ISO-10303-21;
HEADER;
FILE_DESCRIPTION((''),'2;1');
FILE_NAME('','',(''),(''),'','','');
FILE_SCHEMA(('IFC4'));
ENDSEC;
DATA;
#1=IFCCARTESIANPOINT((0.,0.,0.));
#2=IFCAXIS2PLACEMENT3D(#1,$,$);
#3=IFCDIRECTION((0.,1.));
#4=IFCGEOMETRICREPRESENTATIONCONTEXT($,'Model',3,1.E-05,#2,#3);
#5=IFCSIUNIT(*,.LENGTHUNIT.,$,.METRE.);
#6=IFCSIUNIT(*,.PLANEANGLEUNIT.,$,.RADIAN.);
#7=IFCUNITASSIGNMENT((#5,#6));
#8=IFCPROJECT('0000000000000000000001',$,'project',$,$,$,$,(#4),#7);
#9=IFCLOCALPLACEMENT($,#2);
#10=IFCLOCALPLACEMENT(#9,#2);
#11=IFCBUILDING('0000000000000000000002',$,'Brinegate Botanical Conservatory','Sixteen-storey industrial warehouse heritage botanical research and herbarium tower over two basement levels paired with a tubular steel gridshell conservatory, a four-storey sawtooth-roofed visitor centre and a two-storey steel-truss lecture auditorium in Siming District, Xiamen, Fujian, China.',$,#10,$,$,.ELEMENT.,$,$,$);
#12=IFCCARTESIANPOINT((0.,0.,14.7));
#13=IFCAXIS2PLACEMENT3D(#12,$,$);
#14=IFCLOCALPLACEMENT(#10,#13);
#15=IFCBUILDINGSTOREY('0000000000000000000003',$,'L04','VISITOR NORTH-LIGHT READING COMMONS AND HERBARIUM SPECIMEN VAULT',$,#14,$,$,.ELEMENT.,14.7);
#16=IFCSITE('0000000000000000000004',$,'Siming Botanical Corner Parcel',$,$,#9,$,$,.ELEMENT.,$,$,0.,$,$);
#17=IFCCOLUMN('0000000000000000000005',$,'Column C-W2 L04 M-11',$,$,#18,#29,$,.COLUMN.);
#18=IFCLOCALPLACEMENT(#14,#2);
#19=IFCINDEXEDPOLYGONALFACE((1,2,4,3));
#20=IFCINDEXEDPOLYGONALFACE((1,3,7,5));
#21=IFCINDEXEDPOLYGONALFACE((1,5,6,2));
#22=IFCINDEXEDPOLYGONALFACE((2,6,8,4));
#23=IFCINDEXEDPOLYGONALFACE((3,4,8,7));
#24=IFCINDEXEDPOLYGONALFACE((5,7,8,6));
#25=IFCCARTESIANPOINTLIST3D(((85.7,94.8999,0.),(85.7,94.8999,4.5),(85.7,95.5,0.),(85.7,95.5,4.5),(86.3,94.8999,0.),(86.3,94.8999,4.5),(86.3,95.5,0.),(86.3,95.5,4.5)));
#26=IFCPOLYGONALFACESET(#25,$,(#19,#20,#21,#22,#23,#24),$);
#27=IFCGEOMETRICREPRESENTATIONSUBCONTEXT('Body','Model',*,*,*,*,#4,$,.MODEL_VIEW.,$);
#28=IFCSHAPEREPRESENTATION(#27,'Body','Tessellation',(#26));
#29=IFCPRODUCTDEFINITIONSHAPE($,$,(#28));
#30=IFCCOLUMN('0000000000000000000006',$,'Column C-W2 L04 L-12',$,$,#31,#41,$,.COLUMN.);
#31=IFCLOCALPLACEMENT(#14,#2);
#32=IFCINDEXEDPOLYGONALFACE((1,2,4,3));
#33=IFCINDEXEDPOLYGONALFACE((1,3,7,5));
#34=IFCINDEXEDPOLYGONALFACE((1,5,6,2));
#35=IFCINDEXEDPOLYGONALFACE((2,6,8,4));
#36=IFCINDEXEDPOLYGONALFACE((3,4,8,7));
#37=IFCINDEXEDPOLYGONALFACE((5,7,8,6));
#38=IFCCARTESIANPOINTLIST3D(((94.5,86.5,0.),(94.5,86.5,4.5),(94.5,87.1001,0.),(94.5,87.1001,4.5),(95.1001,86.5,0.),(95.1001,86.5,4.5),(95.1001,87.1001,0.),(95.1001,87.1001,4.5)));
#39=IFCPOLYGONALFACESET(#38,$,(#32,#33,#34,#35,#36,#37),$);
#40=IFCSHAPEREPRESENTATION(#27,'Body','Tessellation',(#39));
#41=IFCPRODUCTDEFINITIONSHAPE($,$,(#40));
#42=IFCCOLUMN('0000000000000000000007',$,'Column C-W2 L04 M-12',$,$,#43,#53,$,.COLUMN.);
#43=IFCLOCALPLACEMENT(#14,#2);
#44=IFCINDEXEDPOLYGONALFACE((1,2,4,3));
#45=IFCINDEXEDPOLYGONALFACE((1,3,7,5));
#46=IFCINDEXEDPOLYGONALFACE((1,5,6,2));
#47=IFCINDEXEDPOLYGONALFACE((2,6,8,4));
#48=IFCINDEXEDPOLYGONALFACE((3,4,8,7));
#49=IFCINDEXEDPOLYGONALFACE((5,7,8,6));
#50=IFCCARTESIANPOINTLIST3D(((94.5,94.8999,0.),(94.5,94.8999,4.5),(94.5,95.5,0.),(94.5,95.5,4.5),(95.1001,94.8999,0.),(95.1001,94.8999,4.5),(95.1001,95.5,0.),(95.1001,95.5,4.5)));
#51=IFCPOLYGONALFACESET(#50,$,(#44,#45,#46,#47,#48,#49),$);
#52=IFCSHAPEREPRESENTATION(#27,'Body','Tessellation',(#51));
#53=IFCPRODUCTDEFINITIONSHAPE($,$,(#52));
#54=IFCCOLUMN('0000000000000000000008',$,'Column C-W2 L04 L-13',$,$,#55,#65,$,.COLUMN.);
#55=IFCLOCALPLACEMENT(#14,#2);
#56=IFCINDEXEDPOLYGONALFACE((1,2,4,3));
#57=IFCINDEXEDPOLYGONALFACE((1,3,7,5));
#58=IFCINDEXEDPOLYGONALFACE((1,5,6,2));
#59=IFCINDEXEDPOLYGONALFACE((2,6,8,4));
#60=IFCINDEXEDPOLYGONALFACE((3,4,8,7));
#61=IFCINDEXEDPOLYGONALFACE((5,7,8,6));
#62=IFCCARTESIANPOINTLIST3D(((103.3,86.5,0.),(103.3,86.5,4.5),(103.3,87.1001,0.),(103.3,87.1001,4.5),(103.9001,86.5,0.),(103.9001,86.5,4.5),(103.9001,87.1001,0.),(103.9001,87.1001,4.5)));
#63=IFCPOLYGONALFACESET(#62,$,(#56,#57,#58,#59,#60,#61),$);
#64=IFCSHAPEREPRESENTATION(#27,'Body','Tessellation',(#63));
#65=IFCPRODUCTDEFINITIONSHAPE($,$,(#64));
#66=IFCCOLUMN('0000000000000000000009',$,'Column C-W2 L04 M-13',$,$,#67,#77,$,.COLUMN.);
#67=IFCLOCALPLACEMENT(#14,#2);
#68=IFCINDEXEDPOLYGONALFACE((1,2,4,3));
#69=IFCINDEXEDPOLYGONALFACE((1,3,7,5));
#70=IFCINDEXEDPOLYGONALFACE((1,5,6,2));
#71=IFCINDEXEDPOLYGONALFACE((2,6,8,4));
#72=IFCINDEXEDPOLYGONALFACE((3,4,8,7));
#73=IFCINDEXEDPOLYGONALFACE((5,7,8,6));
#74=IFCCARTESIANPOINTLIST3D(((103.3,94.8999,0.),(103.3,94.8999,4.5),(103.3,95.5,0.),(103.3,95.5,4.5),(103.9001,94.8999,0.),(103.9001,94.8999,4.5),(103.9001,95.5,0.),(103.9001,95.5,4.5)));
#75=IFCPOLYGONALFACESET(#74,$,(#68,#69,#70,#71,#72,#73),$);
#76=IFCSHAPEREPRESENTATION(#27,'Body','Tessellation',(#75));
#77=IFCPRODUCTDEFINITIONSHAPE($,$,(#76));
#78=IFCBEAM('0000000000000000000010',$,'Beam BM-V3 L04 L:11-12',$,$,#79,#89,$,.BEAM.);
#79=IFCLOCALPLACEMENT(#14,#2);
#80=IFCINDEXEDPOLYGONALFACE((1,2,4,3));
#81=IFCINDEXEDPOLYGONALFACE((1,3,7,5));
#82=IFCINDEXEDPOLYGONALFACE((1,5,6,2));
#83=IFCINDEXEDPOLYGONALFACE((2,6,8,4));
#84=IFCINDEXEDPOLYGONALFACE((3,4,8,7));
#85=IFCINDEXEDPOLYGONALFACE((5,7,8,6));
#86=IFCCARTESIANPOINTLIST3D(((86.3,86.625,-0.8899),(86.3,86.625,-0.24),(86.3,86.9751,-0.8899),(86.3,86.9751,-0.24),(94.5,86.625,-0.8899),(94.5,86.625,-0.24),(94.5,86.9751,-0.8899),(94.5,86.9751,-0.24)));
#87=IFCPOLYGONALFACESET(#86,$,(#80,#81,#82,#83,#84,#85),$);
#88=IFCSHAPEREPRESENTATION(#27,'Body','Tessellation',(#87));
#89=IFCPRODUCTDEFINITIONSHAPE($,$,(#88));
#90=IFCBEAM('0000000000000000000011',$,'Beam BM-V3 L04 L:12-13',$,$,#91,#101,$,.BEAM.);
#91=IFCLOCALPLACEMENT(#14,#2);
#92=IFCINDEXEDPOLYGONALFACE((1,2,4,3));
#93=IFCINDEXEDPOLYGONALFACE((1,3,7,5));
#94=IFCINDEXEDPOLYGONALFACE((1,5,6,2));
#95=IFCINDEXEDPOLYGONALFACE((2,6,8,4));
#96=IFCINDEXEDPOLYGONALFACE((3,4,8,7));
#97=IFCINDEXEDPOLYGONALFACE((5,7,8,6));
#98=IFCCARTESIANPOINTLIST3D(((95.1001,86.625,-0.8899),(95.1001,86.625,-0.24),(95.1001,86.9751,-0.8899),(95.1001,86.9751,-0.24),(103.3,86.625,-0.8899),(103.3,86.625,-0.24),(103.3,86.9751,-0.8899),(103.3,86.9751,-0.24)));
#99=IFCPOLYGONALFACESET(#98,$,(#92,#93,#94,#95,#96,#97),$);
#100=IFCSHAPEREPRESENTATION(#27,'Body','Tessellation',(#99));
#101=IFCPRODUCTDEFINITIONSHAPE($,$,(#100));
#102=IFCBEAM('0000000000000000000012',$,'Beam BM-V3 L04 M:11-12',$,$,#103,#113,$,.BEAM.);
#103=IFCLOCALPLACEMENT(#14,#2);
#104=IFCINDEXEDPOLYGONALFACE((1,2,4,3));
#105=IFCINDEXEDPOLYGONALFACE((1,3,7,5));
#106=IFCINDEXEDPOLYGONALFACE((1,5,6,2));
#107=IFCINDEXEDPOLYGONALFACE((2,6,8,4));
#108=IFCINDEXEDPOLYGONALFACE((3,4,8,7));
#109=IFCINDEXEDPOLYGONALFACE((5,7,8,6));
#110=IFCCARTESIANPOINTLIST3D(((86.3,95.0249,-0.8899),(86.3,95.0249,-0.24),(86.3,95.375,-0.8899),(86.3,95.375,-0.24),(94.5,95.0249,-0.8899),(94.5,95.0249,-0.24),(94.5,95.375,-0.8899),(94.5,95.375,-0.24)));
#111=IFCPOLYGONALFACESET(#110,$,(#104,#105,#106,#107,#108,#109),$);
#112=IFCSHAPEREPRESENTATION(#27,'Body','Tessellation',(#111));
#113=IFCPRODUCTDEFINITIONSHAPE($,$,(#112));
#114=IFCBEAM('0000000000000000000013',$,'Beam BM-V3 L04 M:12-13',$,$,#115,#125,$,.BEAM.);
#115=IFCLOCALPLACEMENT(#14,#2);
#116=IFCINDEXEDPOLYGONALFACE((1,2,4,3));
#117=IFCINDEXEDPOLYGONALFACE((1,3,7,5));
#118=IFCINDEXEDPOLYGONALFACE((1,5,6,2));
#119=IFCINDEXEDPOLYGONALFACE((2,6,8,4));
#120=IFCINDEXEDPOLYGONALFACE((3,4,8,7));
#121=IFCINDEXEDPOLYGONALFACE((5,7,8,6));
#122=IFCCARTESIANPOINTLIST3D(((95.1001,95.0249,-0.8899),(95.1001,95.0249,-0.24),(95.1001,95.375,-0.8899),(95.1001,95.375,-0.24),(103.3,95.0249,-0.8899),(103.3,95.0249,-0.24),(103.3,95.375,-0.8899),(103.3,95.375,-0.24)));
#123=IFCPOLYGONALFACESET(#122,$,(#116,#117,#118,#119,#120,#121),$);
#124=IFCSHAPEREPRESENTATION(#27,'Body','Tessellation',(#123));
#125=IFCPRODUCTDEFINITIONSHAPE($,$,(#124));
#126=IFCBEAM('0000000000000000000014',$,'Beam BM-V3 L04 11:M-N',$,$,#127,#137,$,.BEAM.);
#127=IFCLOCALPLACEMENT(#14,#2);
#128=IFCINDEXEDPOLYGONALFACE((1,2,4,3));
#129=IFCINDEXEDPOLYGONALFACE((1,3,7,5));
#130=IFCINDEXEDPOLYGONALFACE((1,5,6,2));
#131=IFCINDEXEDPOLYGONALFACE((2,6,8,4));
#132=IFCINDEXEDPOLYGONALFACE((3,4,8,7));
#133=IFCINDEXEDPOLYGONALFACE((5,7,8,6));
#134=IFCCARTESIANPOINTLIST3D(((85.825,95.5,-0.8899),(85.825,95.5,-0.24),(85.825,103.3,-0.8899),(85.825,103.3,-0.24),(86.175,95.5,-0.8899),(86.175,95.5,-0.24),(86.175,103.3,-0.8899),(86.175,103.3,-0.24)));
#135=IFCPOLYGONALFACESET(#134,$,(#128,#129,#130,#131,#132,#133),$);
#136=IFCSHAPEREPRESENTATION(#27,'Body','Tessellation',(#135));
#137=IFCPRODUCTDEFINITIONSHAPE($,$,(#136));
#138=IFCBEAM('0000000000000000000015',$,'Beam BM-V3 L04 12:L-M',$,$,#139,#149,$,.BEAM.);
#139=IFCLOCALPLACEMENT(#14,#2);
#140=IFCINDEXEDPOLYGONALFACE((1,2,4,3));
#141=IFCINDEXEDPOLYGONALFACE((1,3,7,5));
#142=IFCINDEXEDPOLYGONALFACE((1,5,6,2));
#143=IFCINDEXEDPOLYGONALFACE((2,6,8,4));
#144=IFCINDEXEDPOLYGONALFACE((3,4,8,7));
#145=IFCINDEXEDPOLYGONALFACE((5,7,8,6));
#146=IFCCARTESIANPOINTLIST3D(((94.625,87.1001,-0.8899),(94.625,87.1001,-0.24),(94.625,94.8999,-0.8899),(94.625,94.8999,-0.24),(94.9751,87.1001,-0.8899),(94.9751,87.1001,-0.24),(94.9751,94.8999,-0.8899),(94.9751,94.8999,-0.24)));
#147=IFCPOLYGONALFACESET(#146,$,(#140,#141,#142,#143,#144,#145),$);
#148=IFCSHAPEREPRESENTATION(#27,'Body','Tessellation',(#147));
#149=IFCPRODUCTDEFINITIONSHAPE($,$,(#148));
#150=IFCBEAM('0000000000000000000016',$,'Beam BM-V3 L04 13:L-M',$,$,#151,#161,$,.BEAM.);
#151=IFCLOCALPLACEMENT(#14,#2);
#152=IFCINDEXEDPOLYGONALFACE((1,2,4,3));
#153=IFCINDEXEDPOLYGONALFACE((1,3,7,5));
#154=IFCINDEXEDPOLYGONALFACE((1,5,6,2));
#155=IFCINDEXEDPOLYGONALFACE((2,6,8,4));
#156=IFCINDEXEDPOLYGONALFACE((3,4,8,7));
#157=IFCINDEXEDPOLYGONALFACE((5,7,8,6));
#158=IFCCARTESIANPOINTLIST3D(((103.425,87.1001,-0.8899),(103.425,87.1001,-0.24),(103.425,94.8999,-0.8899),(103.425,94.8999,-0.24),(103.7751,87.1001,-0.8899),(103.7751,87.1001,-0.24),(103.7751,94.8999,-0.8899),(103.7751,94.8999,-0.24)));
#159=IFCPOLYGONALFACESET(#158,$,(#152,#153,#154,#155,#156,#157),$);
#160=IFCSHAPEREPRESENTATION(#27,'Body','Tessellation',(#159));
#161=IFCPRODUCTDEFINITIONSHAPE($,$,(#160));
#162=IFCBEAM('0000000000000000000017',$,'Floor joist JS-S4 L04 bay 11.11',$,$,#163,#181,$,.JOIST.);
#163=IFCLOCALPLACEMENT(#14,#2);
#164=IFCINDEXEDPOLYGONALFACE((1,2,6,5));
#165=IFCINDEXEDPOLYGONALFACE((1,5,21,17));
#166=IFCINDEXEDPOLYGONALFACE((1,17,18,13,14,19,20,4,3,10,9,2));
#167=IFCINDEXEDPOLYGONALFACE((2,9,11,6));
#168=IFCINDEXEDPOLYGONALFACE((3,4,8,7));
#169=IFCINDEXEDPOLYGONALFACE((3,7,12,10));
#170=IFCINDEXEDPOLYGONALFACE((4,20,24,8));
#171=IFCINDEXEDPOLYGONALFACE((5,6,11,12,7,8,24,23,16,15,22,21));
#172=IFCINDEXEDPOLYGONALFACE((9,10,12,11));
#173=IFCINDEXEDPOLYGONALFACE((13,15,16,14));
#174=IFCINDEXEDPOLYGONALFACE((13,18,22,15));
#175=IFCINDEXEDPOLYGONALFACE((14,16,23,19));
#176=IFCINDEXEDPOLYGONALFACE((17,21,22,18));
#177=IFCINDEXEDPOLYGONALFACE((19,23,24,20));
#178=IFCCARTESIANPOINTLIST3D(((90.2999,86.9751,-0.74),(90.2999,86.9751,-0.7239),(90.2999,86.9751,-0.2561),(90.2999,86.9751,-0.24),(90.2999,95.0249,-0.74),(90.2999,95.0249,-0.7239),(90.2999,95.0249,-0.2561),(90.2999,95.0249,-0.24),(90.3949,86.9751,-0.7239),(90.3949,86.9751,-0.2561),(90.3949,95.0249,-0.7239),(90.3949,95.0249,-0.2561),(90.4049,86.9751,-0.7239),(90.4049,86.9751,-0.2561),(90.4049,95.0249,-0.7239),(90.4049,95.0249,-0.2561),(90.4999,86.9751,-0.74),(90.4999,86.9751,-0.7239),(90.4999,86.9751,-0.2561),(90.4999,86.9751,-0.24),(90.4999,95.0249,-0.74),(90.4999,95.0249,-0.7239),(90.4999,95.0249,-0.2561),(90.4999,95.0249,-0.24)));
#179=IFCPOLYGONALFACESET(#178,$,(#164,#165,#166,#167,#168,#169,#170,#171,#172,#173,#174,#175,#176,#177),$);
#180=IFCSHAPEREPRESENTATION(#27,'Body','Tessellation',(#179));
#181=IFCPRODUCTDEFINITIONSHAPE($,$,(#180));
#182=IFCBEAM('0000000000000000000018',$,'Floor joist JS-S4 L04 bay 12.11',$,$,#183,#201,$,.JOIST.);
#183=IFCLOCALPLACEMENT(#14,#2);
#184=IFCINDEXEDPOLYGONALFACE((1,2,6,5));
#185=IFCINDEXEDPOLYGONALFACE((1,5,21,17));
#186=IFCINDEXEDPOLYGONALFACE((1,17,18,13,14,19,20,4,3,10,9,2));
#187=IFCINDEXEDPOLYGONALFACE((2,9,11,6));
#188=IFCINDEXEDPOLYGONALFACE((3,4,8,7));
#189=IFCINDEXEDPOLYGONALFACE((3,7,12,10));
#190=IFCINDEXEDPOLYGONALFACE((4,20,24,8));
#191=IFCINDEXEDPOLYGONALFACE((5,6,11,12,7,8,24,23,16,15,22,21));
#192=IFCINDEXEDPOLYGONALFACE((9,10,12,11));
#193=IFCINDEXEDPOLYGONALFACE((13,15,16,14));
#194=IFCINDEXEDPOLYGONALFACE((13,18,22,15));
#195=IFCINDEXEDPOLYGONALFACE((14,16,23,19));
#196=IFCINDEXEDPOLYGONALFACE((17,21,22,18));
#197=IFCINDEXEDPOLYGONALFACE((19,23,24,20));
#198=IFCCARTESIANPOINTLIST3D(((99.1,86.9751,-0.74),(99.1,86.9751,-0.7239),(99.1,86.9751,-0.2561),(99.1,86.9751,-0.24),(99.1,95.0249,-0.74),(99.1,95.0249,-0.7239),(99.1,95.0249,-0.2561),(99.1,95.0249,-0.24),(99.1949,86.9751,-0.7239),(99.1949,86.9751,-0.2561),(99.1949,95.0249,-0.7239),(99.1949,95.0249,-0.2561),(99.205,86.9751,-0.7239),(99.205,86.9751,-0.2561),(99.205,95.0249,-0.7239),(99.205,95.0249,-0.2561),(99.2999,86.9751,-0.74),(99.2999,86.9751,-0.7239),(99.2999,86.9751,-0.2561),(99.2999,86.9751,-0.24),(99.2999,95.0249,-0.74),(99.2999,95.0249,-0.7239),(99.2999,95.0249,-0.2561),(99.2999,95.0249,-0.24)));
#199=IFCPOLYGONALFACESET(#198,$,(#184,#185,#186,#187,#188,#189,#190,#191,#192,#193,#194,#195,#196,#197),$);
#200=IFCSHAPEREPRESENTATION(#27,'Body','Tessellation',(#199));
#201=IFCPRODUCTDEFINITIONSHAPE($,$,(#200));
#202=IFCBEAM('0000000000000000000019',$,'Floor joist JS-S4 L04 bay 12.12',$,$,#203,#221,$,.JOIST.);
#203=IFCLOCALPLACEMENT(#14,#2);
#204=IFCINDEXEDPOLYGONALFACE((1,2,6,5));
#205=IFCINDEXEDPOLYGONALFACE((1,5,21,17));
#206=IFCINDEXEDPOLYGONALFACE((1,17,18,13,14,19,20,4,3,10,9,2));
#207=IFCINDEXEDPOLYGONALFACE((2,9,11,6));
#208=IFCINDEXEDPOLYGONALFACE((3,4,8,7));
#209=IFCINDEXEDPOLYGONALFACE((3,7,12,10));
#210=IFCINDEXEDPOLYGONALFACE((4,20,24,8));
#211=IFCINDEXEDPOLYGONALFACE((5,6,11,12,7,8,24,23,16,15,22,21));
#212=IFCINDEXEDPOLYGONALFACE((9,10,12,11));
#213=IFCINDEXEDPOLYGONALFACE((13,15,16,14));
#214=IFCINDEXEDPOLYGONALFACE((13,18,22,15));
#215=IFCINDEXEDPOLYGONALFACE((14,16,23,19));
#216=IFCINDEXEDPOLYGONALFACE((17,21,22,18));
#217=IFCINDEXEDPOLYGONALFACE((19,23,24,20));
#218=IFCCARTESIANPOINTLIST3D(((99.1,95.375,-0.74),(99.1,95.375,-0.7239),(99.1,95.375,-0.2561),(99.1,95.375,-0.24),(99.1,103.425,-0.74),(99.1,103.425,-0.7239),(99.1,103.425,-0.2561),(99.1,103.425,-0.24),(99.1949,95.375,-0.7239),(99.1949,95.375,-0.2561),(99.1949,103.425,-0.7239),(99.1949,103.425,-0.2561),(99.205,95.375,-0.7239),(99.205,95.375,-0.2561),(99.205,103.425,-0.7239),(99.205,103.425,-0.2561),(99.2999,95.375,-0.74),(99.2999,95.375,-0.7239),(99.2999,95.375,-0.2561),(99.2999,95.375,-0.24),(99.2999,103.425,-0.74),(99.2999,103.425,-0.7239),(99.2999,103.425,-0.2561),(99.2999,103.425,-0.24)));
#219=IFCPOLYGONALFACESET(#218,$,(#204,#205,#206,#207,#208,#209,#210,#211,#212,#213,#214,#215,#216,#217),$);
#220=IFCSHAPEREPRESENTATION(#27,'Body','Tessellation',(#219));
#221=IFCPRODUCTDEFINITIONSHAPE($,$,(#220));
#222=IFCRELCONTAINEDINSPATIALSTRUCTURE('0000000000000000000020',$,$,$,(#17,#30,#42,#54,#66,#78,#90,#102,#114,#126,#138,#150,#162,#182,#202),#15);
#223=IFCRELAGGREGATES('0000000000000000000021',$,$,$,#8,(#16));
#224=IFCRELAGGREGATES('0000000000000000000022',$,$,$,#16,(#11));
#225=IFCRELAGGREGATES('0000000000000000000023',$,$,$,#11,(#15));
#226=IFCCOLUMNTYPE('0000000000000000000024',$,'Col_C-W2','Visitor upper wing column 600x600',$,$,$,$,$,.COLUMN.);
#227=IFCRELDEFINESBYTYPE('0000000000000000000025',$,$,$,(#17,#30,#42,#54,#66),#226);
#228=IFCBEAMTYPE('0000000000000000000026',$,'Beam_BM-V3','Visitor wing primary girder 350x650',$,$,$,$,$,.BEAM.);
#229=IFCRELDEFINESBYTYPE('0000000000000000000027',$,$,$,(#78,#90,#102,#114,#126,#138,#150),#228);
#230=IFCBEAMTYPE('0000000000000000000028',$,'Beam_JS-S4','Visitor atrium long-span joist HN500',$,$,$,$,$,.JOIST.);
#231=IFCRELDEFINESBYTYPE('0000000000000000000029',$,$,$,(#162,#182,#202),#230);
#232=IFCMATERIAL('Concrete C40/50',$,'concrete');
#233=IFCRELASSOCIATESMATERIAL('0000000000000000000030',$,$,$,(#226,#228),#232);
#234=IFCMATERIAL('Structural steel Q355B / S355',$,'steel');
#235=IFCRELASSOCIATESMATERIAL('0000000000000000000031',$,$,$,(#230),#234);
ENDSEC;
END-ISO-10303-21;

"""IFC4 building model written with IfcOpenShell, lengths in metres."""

from ifc_helpers import new_model, si_unit, direction, frame, origin, origin_2d, place, context, subcontext, project, spatial, rectangle, i_section, extrude, material, material_profile, profile_set, type_object, element, save


model = new_model("IFC4")

# Units and contexts
model_context = context("Model", 3, precision=1e-05, world=origin(), true_north=direction((0.0, 1.0)))
body_context = subcontext(model_context, "Body", "Model", "MODEL_VIEW")
ifc_project = project(units=[si_unit("LENGTHUNIT", "METRE"), si_unit("PLANEANGLEUNIT", "RADIAN")], contexts=[model_context])

# Site, building, storey
site_placement = place(None, origin())
site = spatial("IfcSite", under=ifc_project, at=site_placement, Name="Siming Botanical Corner Parcel", CompositionType="ELEMENT", RefElevation=0.0)
building_placement = place(site_placement, origin())
building = spatial("IfcBuilding", under=site, at=building_placement, Name="Brinegate Botanical Conservatory", Description="Sixteen-storey industrial warehouse heritage botanical research and herbarium tower over two basement levels paired with a tubular steel gridshell conservatory, a four-storey sawtooth-roofed visitor centre and a two-storey steel-truss lecture auditorium in Siming District, Xiamen, Fujian, China.", CompositionType="ELEMENT")
storey_placement = place(building_placement, frame((0.0, 0.0, 14.7)))
storey = spatial("IfcBuildingStorey", under=building, at=storey_placement, Name="L04", Description="VISITOR NORTH-LIGHT READING COMMONS AND HERBARIUM SPECIMEN VAULT", CompositionType="ELEMENT", Elevation=14.7)

# Columns
ifc_material_1 = material(Name="Concrete C40/50", Category="concrete")
ifc_material_profile_1 = material_profile(ifc_material_1, rectangle(XDim=0.6001, YDim=0.6001, at=origin_2d()), Name="RC COL 600x600")
ifc_profile_set_1 = profile_set([ifc_material_profile_1], Name="Concrete C40/50")
column_type = type_object("IfcColumnType", Name="Col_C-W2", Description="Visitor upper wing column 600x600", PredefinedType="COLUMN", material=ifc_profile_set_1)
for number, where, z_axis, x_axis, name in (
    (1, (86.0, 95.2, 0.0), (0.0, 0.0, 1.0), (1.0, 0.0, 0.0), "Column C-W2 L04 M-11"),
    (2, (94.8, 86.8, 0.0), (0.0, 0.0, 1.0), (1.0, 0.0, 0.0), "Column C-W2 L04 L-12"),
    (3, (94.8, 95.2, 0.0), (0.0, 0.0, 1.0), (1.0, 0.0, 0.0), "Column C-W2 L04 M-12"),
    (4, (103.6001, 86.8, 0.0), (0.0, 0.0, 1.0), (1.0, 0.0, 0.0), "Column C-W2 L04 L-13"),
    (5, (103.6001, 95.2, 0.0), (0.0, 0.0, 1.0), (1.0, 0.0, 0.0), "Column C-W2 L04 M-13"),
):
    element("IfcColumn", number, at=place(storey_placement, frame(where, z_axis=z_axis, x_axis=x_axis)), inside=storey, type_object=column_type, Name=name, PredefinedType="COLUMN", context=body_context, shape_type="SweptSolid", body=[
        extrude(rectangle(XDim=0.6001, YDim=0.6001, at=origin_2d()), origin(), (0.0, 0.0, 1.0), 4.5),
    ])

# Beams
ifc_material_profile_2 = material_profile(ifc_material_1, rectangle(XDim=0.3501, YDim=0.6499, at=origin_2d()), Name="RC BM 350x650")
ifc_profile_set_2 = profile_set([ifc_material_profile_2], Name="Concrete C40/50")
beam_type_1 = type_object("IfcBeamType", Name="Beam_BM-V3", Description="Visitor wing primary girder 350x650", PredefinedType="BEAM", material=ifc_profile_set_2)
for number, where, z_axis, x_axis, name in (
    (6, (86.3, 86.8, -0.5649), (1.0, 0.0, 0.0), (0.0, 1.0, 0.0), "Beam BM-V3 L04 L:11-12"),
    (7, (95.1001, 86.8, -0.5649), (1.0, 0.0, 0.0), (0.0, 1.0, 0.0), "Beam BM-V3 L04 L:12-13"),
    (8, (86.3, 95.2, -0.5649), (1.0, 0.0, 0.0), (0.0, 1.0, 0.0), "Beam BM-V3 L04 M:11-12"),
    (9, (95.1001, 95.2, -0.5649), (1.0, 0.0, 0.0), (0.0, 1.0, 0.0), "Beam BM-V3 L04 M:12-13"),
):
    element("IfcBeam", number, at=place(storey_placement, frame(where, z_axis=z_axis, x_axis=x_axis)), inside=storey, type_object=beam_type_1, Name=name, PredefinedType="BEAM", context=body_context, shape_type="SweptSolid", body=[
        extrude(rectangle(XDim=0.3501, YDim=0.6499, at=origin_2d()), origin(), (0.0, 0.0, 1.0), 8.2),
    ])
beam_1_placement = place(storey_placement, frame((86.0, 95.5, -0.5649), z_axis=(0.0, 1.0, 0.0), x_axis=(-1.0, 0.0, 0.0)))
element("IfcBeam", 10, at=beam_1_placement, inside=storey, type_object=beam_type_1, Name="Beam BM-V3 L04 11:M-N", PredefinedType="BEAM", context=body_context, shape_type="SweptSolid", body=[
    extrude(rectangle(XDim=0.3501, YDim=0.6499, at=origin_2d()), origin(), (0.0, 0.0, 1.0), 7.8),
])
for number, where, z_axis, x_axis, name in (
    (11, (94.8, 87.1001, -0.5649), (0.0, 1.0, 0.0), (-1.0, 0.0, 0.0), "Beam BM-V3 L04 12:L-M"),
    (12, (103.6001, 87.1001, -0.5649), (0.0, 1.0, 0.0), (-1.0, 0.0, 0.0), "Beam BM-V3 L04 13:L-M"),
):
    element("IfcBeam", number, at=place(storey_placement, frame(where, z_axis=z_axis, x_axis=x_axis)), inside=storey, type_object=beam_type_1, Name=name, PredefinedType="BEAM", context=body_context, shape_type="SweptSolid", body=[
        extrude(rectangle(XDim=0.3501, YDim=0.6499, at=origin_2d()), origin(), (0.0, 0.0, 1.0), 7.7998),
    ])
ifc_material_2 = material(Name="Structural steel Q355B / S355", Category="steel")
ifc_material_profile_3 = material_profile(ifc_material_2, i_section(OverallWidth=0.2, OverallDepth=0.5, WebThickness=0.01, FlangeThickness=0.0161, at=origin_2d()), Name="HN 500x200x10x16")
ifc_profile_set_3 = profile_set([ifc_material_profile_3], Name="Structural steel Q355B / S355")
beam_type_2 = type_object("IfcBeamType", Name="Beam_JS-S4", Description="Visitor atrium long-span joist HN500", PredefinedType="JOIST", material=ifc_profile_set_3)
for number, where, z_axis, x_axis, name in (
    (13, (90.3999, 86.9751, -0.49), (0.0, 1.0, 0.0), (-1.0, 0.0, 0.0), "Floor joist JS-S4 L04 bay 11.11"),
    (14, (99.2, 86.9751, -0.49), (0.0, 1.0, 0.0), (-1.0, 0.0, 0.0), "Floor joist JS-S4 L04 bay 12.11"),
):
    element("IfcBeam", number, at=place(storey_placement, frame(where, z_axis=z_axis, x_axis=x_axis)), inside=storey, type_object=beam_type_2, Name=name, PredefinedType="JOIST", context=body_context, shape_type="SweptSolid", body=[
        extrude(i_section(OverallWidth=0.2, OverallDepth=0.5, WebThickness=0.01, FlangeThickness=0.0161, at=origin_2d()), origin(), (0.0, 0.0, 1.0), 8.0498),
    ])
beam_2_placement = place(storey_placement, frame((99.2, 95.375, -0.49), z_axis=(0.0, 1.0, 0.0), x_axis=(-1.0, 0.0, 0.0)))
element("IfcBeam", 15, at=beam_2_placement, inside=storey, type_object=beam_type_2, Name="Floor joist JS-S4 L04 bay 12.12", PredefinedType="JOIST", context=body_context, shape_type="SweptSolid", body=[
    extrude(i_section(OverallWidth=0.2, OverallDepth=0.5, WebThickness=0.01, FlangeThickness=0.0161, at=origin_2d()), origin(), (0.0, 0.0, 1.0), 8.05),
])

save(model, "model.ifc")
